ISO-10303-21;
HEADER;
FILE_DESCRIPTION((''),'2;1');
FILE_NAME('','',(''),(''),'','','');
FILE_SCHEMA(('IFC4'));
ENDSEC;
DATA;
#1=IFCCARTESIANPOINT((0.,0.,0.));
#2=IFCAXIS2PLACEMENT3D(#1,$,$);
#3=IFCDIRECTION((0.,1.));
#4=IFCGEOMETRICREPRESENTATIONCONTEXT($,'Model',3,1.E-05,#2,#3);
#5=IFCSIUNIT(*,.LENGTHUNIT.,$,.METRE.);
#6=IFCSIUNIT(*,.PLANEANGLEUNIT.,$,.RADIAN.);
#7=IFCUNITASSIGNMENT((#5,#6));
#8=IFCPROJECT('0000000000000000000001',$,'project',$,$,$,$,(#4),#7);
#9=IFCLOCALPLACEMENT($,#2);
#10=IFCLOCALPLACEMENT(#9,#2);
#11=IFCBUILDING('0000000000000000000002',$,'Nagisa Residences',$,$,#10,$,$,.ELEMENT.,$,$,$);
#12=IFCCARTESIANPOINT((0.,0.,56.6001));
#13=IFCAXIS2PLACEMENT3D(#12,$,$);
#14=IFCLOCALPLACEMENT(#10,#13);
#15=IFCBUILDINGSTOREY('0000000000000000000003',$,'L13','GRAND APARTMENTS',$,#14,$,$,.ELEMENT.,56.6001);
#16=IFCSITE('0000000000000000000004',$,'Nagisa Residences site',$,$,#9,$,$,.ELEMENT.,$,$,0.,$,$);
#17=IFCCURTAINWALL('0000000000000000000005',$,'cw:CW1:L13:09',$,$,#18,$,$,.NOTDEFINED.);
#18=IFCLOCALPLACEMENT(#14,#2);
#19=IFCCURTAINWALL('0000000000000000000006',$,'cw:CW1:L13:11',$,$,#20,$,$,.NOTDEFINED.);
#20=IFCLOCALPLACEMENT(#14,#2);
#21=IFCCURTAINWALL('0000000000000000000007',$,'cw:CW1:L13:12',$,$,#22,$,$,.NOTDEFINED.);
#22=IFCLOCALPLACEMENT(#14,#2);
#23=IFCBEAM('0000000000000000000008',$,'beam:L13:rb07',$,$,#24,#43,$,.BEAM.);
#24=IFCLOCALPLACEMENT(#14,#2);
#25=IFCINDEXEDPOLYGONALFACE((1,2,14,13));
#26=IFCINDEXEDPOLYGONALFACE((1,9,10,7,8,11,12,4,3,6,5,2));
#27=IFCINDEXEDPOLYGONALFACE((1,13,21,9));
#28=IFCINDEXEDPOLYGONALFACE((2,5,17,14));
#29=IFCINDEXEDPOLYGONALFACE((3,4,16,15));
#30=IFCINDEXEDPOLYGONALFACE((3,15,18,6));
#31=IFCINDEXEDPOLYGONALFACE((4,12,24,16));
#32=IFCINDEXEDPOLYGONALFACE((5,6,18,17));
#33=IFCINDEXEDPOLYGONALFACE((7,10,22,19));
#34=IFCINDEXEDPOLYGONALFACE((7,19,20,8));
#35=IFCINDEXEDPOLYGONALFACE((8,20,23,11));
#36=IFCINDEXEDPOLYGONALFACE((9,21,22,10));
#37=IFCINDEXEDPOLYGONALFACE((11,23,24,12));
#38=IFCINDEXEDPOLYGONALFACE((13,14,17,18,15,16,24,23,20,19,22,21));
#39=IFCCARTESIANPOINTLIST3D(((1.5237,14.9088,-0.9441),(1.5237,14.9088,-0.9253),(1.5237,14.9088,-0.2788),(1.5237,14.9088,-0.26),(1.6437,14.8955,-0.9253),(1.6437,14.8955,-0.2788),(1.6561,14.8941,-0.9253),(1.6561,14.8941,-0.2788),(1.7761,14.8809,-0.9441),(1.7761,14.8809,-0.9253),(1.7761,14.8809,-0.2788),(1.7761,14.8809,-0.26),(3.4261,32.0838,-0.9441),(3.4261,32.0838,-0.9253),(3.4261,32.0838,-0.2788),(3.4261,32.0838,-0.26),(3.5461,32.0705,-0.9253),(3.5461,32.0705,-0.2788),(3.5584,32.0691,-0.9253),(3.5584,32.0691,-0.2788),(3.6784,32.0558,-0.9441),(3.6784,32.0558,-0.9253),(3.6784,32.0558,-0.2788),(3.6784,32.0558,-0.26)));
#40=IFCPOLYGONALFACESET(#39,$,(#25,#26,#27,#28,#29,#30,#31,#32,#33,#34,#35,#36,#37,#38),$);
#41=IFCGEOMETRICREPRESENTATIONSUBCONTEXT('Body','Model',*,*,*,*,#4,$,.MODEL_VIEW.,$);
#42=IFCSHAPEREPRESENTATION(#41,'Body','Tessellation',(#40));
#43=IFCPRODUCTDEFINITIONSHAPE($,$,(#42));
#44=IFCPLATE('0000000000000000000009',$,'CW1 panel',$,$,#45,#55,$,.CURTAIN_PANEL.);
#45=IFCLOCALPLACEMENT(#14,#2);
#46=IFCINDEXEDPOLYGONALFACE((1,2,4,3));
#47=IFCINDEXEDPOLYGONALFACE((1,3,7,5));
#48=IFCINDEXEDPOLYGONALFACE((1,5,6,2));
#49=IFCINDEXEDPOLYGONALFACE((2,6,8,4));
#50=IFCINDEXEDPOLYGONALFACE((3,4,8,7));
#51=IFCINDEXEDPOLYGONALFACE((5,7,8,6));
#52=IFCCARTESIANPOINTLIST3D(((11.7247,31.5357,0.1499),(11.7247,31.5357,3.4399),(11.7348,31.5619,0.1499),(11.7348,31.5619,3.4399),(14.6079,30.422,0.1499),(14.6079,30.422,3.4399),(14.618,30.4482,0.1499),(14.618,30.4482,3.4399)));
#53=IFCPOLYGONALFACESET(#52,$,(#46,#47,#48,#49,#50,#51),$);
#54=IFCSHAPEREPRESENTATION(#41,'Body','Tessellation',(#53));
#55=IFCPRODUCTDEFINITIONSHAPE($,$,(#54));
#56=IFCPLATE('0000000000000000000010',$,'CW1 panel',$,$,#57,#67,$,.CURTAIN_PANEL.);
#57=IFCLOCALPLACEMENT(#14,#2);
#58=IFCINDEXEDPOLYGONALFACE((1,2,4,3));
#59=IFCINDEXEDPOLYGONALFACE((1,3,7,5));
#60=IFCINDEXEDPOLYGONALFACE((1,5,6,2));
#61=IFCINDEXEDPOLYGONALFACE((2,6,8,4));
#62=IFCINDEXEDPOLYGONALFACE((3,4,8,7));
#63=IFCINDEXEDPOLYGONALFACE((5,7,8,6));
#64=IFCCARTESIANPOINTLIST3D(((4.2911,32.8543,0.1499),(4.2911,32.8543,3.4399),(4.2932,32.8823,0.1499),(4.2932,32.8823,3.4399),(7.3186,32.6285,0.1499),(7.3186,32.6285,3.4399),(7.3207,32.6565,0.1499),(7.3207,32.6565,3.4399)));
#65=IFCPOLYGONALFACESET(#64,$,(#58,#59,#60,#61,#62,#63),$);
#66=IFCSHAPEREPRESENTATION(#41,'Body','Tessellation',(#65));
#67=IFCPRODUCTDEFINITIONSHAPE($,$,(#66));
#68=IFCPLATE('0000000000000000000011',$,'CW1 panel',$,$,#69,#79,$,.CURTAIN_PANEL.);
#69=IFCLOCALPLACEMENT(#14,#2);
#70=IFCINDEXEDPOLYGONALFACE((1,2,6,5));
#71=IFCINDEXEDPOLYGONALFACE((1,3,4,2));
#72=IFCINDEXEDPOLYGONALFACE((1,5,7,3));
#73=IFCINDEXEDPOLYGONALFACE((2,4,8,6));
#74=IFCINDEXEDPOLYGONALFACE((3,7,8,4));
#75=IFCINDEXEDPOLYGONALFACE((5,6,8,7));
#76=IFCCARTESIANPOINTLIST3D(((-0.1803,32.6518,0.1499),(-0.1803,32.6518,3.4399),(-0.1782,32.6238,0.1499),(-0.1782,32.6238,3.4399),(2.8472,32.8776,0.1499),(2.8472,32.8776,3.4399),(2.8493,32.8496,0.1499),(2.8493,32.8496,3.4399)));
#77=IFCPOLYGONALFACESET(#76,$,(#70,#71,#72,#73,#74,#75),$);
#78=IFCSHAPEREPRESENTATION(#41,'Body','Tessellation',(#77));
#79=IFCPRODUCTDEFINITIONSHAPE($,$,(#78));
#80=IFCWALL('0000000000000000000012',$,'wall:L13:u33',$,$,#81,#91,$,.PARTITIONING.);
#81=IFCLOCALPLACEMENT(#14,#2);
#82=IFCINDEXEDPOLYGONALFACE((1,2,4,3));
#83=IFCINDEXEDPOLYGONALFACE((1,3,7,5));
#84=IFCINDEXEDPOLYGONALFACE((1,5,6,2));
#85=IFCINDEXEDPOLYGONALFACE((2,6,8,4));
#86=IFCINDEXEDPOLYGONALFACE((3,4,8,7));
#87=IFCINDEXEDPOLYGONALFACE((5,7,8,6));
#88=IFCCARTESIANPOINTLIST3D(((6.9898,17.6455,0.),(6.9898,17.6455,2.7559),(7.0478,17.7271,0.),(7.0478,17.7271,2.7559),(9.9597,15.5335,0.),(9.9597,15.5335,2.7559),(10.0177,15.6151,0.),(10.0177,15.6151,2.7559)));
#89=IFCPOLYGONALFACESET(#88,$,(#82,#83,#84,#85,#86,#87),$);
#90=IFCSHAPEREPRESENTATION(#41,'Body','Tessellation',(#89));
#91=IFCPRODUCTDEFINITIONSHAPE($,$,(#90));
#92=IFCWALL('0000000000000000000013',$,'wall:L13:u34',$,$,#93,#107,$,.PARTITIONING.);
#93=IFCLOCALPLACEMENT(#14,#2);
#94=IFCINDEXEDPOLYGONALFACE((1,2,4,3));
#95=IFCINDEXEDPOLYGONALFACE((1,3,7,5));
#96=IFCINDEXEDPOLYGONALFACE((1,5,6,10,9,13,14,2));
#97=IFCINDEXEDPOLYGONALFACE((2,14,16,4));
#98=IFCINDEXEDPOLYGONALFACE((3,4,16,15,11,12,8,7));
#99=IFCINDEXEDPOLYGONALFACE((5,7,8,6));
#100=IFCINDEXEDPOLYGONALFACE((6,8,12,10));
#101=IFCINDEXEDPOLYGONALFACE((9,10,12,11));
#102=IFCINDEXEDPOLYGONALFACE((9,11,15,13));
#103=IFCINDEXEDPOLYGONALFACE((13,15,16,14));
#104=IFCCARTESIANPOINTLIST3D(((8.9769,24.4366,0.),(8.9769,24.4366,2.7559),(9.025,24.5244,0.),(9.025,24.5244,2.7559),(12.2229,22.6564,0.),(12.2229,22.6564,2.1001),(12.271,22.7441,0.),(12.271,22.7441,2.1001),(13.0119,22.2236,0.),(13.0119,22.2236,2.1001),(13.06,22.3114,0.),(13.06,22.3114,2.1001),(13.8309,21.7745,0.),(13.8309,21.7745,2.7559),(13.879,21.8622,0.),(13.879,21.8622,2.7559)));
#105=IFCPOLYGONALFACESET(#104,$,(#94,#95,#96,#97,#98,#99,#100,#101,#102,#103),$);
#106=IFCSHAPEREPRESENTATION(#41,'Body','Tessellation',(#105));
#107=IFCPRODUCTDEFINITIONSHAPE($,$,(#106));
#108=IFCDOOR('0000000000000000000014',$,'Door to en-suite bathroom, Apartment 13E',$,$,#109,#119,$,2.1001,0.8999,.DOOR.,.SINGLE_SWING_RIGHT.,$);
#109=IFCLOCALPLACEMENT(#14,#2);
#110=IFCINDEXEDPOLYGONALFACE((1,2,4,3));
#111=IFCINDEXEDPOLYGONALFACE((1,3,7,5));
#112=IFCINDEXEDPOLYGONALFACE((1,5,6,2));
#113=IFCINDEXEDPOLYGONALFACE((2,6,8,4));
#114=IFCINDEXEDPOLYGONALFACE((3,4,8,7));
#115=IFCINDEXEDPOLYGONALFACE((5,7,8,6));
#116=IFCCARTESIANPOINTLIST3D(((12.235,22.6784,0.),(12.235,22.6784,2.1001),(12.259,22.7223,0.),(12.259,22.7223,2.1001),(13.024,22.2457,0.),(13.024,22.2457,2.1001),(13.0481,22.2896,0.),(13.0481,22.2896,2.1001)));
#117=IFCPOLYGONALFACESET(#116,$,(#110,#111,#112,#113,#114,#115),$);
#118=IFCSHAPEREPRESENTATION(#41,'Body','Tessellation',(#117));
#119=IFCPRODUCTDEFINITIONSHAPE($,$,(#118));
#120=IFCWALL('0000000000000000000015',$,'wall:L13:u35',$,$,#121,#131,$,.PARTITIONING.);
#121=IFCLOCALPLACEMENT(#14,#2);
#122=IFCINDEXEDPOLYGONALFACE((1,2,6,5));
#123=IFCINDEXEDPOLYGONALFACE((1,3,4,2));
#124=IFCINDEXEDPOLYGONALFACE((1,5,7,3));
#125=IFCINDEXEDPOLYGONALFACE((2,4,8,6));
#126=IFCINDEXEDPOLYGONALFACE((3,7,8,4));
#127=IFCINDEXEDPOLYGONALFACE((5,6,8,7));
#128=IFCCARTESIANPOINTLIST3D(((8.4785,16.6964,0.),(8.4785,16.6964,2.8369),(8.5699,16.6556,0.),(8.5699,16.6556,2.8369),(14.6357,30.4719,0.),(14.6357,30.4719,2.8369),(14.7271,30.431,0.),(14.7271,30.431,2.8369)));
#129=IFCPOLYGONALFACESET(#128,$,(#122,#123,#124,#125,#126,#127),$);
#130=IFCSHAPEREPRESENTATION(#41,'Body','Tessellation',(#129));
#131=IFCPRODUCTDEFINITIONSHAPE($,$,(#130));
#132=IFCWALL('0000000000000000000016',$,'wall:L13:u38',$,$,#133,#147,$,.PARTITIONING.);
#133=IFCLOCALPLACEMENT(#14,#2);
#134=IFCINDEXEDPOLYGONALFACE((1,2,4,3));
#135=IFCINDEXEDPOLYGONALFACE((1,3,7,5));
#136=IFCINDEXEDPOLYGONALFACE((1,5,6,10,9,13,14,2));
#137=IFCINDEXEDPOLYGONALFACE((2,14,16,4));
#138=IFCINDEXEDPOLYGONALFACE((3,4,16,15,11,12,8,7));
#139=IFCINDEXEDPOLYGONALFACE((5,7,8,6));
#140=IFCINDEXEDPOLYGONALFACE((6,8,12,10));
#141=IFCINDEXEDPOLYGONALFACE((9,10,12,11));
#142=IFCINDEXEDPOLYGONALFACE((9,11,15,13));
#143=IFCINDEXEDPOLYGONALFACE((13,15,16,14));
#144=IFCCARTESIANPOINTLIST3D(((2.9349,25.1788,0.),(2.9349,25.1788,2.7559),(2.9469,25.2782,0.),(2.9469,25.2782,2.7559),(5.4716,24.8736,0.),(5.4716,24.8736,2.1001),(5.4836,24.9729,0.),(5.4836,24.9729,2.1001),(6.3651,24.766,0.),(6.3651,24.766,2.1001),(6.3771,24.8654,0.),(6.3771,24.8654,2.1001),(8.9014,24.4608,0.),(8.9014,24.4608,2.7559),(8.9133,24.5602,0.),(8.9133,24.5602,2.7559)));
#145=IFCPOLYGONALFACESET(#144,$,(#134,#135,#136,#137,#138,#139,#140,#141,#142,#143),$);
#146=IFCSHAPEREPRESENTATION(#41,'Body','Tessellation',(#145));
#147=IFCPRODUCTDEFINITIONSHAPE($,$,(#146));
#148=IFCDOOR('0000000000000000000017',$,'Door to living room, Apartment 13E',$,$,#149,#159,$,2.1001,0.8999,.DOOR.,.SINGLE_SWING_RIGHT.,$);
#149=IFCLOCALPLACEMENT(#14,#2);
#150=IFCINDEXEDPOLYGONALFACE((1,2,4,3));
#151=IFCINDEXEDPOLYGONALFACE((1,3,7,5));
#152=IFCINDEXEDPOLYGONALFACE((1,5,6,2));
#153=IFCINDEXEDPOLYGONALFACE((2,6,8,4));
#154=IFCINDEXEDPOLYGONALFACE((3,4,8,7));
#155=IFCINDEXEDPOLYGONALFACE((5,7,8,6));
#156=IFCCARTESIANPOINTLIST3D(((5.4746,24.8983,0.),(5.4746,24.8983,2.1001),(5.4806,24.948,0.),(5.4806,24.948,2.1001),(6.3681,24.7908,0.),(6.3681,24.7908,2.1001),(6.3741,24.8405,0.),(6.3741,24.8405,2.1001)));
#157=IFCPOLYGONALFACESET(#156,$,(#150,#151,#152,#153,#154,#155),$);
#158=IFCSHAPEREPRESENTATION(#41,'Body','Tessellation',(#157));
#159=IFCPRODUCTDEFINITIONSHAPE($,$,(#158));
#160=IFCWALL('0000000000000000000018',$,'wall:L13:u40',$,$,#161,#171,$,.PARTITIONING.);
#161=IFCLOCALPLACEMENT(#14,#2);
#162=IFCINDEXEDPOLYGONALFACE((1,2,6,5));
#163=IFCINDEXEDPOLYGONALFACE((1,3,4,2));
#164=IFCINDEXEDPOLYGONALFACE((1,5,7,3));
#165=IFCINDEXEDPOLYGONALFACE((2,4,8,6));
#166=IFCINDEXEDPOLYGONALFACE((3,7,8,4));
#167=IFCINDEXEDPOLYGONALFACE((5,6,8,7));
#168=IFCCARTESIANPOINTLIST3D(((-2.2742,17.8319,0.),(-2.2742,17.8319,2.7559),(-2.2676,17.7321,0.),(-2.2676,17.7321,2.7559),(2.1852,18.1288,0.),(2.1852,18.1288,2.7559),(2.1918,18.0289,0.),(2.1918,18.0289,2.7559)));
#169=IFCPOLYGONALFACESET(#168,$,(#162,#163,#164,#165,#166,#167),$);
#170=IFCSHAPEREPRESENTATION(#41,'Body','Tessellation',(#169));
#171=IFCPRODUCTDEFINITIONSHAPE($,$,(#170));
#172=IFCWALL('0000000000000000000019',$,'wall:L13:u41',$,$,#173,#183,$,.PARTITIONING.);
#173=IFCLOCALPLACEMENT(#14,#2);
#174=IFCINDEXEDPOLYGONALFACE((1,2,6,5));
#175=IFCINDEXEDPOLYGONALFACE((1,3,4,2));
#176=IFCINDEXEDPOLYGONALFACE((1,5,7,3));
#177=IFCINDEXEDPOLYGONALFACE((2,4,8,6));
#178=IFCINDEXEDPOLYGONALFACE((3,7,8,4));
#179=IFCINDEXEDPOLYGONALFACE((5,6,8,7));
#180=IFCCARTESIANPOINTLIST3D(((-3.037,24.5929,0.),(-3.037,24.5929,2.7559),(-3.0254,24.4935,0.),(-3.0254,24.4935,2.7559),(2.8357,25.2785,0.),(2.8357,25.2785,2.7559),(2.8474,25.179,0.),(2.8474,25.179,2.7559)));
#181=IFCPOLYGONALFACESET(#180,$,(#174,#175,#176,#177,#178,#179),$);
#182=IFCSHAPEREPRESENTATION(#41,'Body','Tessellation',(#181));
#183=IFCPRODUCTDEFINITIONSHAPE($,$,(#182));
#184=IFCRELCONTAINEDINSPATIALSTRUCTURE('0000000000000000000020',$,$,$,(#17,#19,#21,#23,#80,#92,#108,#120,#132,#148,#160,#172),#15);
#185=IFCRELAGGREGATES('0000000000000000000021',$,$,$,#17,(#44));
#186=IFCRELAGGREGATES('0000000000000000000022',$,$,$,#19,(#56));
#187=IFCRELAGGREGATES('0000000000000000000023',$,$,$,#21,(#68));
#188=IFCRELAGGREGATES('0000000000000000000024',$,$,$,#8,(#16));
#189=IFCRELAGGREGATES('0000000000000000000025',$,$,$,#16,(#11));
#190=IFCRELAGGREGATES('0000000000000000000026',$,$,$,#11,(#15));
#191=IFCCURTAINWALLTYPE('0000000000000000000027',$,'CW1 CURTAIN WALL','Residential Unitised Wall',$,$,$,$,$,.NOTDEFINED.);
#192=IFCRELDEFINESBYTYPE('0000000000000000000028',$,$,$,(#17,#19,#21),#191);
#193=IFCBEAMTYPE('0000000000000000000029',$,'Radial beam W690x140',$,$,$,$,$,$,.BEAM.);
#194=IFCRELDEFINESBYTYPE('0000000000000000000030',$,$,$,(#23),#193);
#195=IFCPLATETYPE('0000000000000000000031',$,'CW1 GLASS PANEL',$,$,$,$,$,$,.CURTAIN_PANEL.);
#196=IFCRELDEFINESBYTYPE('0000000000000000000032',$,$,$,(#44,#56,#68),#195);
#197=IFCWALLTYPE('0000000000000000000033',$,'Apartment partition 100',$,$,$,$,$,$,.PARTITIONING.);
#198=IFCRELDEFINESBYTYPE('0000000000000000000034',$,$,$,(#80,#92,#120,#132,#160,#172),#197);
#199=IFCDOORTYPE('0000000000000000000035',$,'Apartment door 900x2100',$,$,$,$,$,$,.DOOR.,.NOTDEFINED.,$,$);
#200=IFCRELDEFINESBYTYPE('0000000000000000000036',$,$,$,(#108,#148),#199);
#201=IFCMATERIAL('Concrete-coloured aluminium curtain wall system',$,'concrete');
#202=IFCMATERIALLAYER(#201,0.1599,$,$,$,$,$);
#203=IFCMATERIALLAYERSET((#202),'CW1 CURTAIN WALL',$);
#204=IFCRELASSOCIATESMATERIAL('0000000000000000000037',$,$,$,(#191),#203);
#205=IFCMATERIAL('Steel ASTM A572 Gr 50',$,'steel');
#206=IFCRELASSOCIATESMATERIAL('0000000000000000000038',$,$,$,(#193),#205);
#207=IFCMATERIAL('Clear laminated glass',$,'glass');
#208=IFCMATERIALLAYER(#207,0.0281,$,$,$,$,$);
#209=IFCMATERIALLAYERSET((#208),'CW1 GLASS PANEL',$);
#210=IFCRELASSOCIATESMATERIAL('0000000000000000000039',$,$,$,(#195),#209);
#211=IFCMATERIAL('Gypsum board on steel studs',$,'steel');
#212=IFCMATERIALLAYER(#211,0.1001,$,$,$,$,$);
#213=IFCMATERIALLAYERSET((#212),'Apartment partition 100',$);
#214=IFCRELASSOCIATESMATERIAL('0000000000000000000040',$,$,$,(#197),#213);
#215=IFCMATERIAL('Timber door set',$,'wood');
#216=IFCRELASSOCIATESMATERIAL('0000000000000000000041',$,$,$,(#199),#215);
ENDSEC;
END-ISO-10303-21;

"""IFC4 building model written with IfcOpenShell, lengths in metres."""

from ifc_helpers import new_model, si_unit, direction, frame, frame_2d, origin, origin_2d, place, context, subcontext, project, spatial, rectangle, i_section, extrude, material, layer, layer_set, material_profile, profile_set, type_object, element, fill, aggregate, save


model = new_model("IFC4")

# Units and contexts
model_context = context("Model", 3, precision=1e-05, world=origin(), true_north=direction((0.0, 1.0)))
body_context = subcontext(model_context, "Body", "Model", "MODEL_VIEW")
ifc_project = project(units=[si_unit("LENGTHUNIT", "METRE"), si_unit("PLANEANGLEUNIT", "RADIAN")], contexts=[model_context])

# Site, building, storey
site_placement = place(None, origin())
site = spatial("IfcSite", under=ifc_project, at=site_placement, Name="Nagisa Residences site", CompositionType="ELEMENT", RefElevation=0.0)
building_placement = place(site_placement, origin())
building = spatial("IfcBuilding", under=site, at=building_placement, Name="Nagisa Residences", CompositionType="ELEMENT")
storey_placement = place(building_placement, frame((0.0, 0.0, 56.6001)))
storey = spatial("IfcBuildingStorey", under=building, at=storey_placement, Name="L13", Description="GRAND APARTMENTS", CompositionType="ELEMENT", Elevation=56.6001)

# Curtain walls
ifc_material_1 = material(Name="Concrete-coloured aluminium curtain wall system", Category="concrete")
ifc_layer_1 = layer(ifc_material_1, 0.1599)
ifc_layer_set_1 = layer_set([ifc_layer_1], Name="CW1 CURTAIN WALL")
curtain_wall_type = type_object("IfcCurtainWallType", Name="CW1 CURTAIN WALL", Description="Residential Unitised Wall", PredefinedType="NOTDEFINED", material=ifc_layer_set_1)
curtain_wall_1_placement = place(storey_placement, origin())
curtain_wall_1 = element("IfcCurtainWall", 1, at=curtain_wall_1_placement, inside=storey, type_object=curtain_wall_type, Name="cw:CW1:L13:09", PredefinedType="NOTDEFINED")
curtain_wall_2_placement = place(storey_placement, origin())
curtain_wall_2 = element("IfcCurtainWall", 2, at=curtain_wall_2_placement, inside=storey, type_object=curtain_wall_type, Name="cw:CW1:L13:11", PredefinedType="NOTDEFINED")
curtain_wall_3_placement = place(storey_placement, origin())
curtain_wall_3 = element("IfcCurtainWall", 3, at=curtain_wall_3_placement, inside=storey, type_object=curtain_wall_type, Name="cw:CW1:L13:12", PredefinedType="NOTDEFINED")

# Beam
ifc_material_2 = material(Name="Steel ASTM A572 Gr 50", Category="steel")
ifc_material_profile_1 = material_profile(ifc_material_2, i_section(OverallWidth=0.2539, OverallDepth=0.6841, WebThickness=0.0125, FlangeThickness=0.0188, at=origin_2d()), Name="W690x140")
ifc_profile_set_1 = profile_set([ifc_material_profile_1], Name="Steel ASTM A572 Gr 50")
beam_type_1 = type_object("IfcBeamType", Name="Radial beam W690x140", PredefinedType="BEAM", material=ifc_profile_set_1)
beam_1_placement = place(storey_placement, frame((3.5522, 32.0698, -0.6021), z_axis=(-0.110089, -0.993922, 0.0), x_axis=(0.993922, -0.110089, 0.0)))
element("IfcBeam", 4, at=beam_1_placement, inside=storey, type_object=beam_type_1, Name="beam:L13:rb07", PredefinedType="BEAM", context=body_context, shape_type="SweptSolid", body=[
    extrude(i_section(OverallWidth=0.2539, OverallDepth=0.6841, WebThickness=0.0125, FlangeThickness=0.0188, at=origin_2d()), origin(), (0.0, 0.0, 1.0), 17.28),
])

# Plates
ifc_material_3 = material(Name="Clear laminated glass", Category="glass")
ifc_layer_2 = layer(ifc_material_3, 0.0281)
ifc_layer_set_2 = layer_set([ifc_layer_2], Name="CW1 GLASS PANEL")
plate_type = type_object("IfcPlateType", Name="CW1 GLASS PANEL", PredefinedType="CURTAIN_PANEL", material=ifc_layer_set_2)
plate_1_placement = place(storey_placement, frame((13.1714, 30.9919, 0.1499), z_axis=(0.0, 0.0, 1.0), x_axis=(-0.932826, 0.360328, 0.0)))
plate_1 = element("IfcPlate", 5, at=plate_1_placement, type_object=plate_type, Name="CW1 panel", PredefinedType="CURTAIN_PANEL", context=body_context, shape_type="SweptSolid", body=[
    extrude(rectangle(XDim=3.0908, YDim=0.0281, at=origin_2d()), origin(), (0.0, 0.0, 1.0), 3.29),
])
aggregate(curtain_wall_1, [plate_1])
plate_2_placement = place(storey_placement, frame((5.8059, 32.7554, 0.1499), z_axis=(0.0, 0.0, 1.0), x_axis=(-0.99723, 0.074377, 0.0)))
plate_2 = element("IfcPlate", 6, at=plate_2_placement, type_object=plate_type, Name="CW1 panel", PredefinedType="CURTAIN_PANEL", context=body_context, shape_type="SweptSolid", body=[
    extrude(rectangle(XDim=3.0359, YDim=0.0281, at=origin_2d()), origin(), (0.0, 0.0, 1.0), 3.29),
])
aggregate(curtain_wall_2, [plate_2])
plate_3_placement = place(storey_placement, frame((1.3345, 32.7507, 0.1499), z_axis=(0.0, 0.0, 1.0), x_axis=(-0.99723, -0.074377, 0.0)))
plate_3 = element("IfcPlate", 7, at=plate_3_placement, type_object=plate_type, Name="CW1 panel", PredefinedType="CURTAIN_PANEL", context=body_context, shape_type="SweptSolid", body=[
    extrude(rectangle(XDim=3.0359, YDim=0.0281, at=origin_2d()), origin(), (0.0, 0.0, 1.0), 3.29),
])
aggregate(curtain_wall_3, [plate_3])

# Wall
ifc_material_4 = material(Name="Gypsum board on steel studs", Category="steel")
ifc_layer_3 = layer(ifc_material_4, 0.1001)
ifc_layer_set_3 = layer_set([ifc_layer_3], Name="Apartment partition 100")
wall_type_1 = type_object("IfcWallType", Name="Apartment partition 100", PredefinedType="PARTITIONING", material=ifc_layer_set_3)
wall_1_placement = place(storey_placement, frame((9.9888, 15.5742, 0.0), z_axis=(0.0, 0.0, 1.0), x_axis=(-0.814945, 0.579539, 0.0)))
element("IfcWall", 8, at=wall_1_placement, inside=storey, type_object=wall_type_1, Name="wall:L13:u33", PredefinedType="PARTITIONING", context=body_context, shape_type="SweptSolid", body=[
    extrude(rectangle(XDim=3.6443, YDim=0.1001, at=frame_2d((1.8223, 0.0))), origin(), (0.0, 0.0, 1.0), 2.7559),
])

# Wall, opening, door
wall_2_placement = place(storey_placement, frame((13.855, 21.8184, 0.0), z_axis=(0.0, 0.0, 1.0), x_axis=(-0.876794, 0.480865, 0.0)))
wall_2 = element("IfcWall", 9, at=wall_2_placement, inside=storey, type_object=wall_type_1, Name="wall:L13:u34", PredefinedType="PARTITIONING", context=body_context, shape_type="SweptSolid", body=[
    extrude(rectangle(XDim=5.5361, YDim=0.1001, at=frame_2d((2.7681, 0.0))), origin(), (0.0, 0.0, 1.0), 2.7559),
])
opening_1_placement = place(wall_2_placement, frame((0.9341, 0.0, 0.0)))
opening_1 = element("IfcOpeningElement", 10, at=opening_1_placement, cuts=wall_2, PredefinedType="OPENING", context=body_context, shape_type="SweptSolid", body=[
    extrude(rectangle(XDim=0.8999, YDim=2.1001, at=frame_2d((0.45, 1.05))), frame((0.0, 0.0601, 0.0), z_axis=(0.0, -1.0, 0.0), x_axis=(1.0, 0.0, 0.0)), (0.0, 0.0, 1.0), 0.1201),
])
ifc_material_5 = material(Name="Timber door set", Category="wood")
door_type_1 = type_object("IfcDoorType", Name="Apartment door 900x2100", OperationType="NOTDEFINED", PredefinedType="DOOR", material=ifc_material_5)
door_1_placement = place(opening_1_placement, origin())
door_1 = element("IfcDoor", 11, at=door_1_placement, inside=storey, type_object=door_type_1, Name="Door to en-suite bathroom, Apartment 13E", OperationType="SINGLE_SWING_RIGHT", OverallHeight=2.1001, OverallWidth=0.8999, PredefinedType="DOOR", context=body_context, shape_type="SweptSolid", body=[
    extrude(rectangle(XDim=0.8999, YDim=2.1001, at=frame_2d((0.45, 1.05))), frame((0.0, 0.0249, 0.0), z_axis=(0.0, -1.0, 0.0), x_axis=(1.0, 0.0, 0.0)), (0.0, 0.0, 1.0), 0.05),
])
fill(opening_1, door_1)

# Wall
wall_3_placement = place(storey_placement, frame((8.5242, 16.676, 0.0), z_axis=(0.0, 0.0, 1.0), x_axis=(0.408065, 0.912953, 0.0)))
element("IfcWall", 12, at=wall_3_placement, inside=storey, type_object=wall_type_1, Name="wall:L13:u35", PredefinedType="PARTITIONING", context=body_context, shape_type="SweptSolid", body=[
    extrude(rectangle(XDim=15.0889, YDim=0.1001, at=frame_2d((7.5444, 0.0))), origin(), (0.0, 0.0, 1.0), 2.8369),
])

# Wall, opening, door
wall_4_placement = place(storey_placement, frame((8.9075, 24.5105, 0.0), z_axis=(0.0, 0.0, 1.0), x_axis=(-0.992837, 0.119478, 0.0)))
wall_4 = element("IfcWall", 13, at=wall_4_placement, inside=storey, type_object=wall_type_1, Name="wall:L13:u38", PredefinedType="PARTITIONING", context=body_context, shape_type="SweptSolid", body=[
    extrude(rectangle(XDim=6.0095, YDim=0.1001, at=frame_2d((3.0049, 0.0))), origin(), (0.0, 0.0, 1.0), 2.7559),
])
opening_2_placement = place(wall_4_placement, frame((2.5547, 0.0, 0.0)))
opening_2 = element("IfcOpeningElement", 14, at=opening_2_placement, cuts=wall_4, PredefinedType="OPENING", context=body_context, shape_type="SweptSolid", body=[
    extrude(rectangle(XDim=0.8999, YDim=2.1001, at=frame_2d((0.45, 1.05))), frame((0.0, 0.0601, 0.0), z_axis=(0.0, -1.0, 0.0), x_axis=(1.0, 0.0, 0.0)), (0.0, 0.0, 1.0), 0.1201),
])
door_2_placement = place(opening_2_placement, frame((0.8999, 0.0, 0.0), x_axis=(-1.0, 0.0, 0.0)))
door_2 = element("IfcDoor", 15, at=door_2_placement, inside=storey, type_object=door_type_1, Name="Door to living room, Apartment 13E", OperationType="SINGLE_SWING_RIGHT", OverallHeight=2.1001, OverallWidth=0.8999, PredefinedType="DOOR", context=body_context, shape_type="SweptSolid", body=[
    extrude(rectangle(XDim=0.8999, YDim=2.1001, at=frame_2d((0.45, 1.05))), frame((0.0, 0.0249, 0.0), z_axis=(0.0, -1.0, 0.0), x_axis=(1.0, 0.0, 0.0)), (0.0, 0.0, 1.0), 0.05),
])
fill(opening_2, door_2)

# Walls
wall_5_placement = place(storey_placement, frame((2.1885, 18.0789, 0.0), z_axis=(0.0, 0.0, 1.0), x_axis=(-0.997791, -0.066425, 0.0)))
element("IfcWall", 16, at=wall_5_placement, inside=storey, type_object=wall_type_1, Name="wall:L13:u40", PredefinedType="PARTITIONING", context=body_context, shape_type="SweptSolid", body=[
    extrude(rectangle(XDim=4.4692, YDim=0.1001, at=frame_2d((2.2346, 0.0))), origin(), (0.0, 0.0, 1.0), 2.7559),
])
wall_6_placement = place(storey_placement, frame((2.8416, 25.2288, 0.0), z_axis=(0.0, 0.0, 1.0), x_axis=(-0.993256, -0.115945, 0.0)))
element("IfcWall", 17, at=wall_6_placement, inside=storey, type_object=wall_type_1, Name="wall:L13:u41", PredefinedType="PARTITIONING", context=body_context, shape_type="SweptSolid", body=[
    extrude(rectangle(XDim=5.9126, YDim=0.1001, at=frame_2d((2.9563, 0.0))), origin(), (0.0, 0.0, 1.0), 2.7559),
])

save(model, "model.ifc")
